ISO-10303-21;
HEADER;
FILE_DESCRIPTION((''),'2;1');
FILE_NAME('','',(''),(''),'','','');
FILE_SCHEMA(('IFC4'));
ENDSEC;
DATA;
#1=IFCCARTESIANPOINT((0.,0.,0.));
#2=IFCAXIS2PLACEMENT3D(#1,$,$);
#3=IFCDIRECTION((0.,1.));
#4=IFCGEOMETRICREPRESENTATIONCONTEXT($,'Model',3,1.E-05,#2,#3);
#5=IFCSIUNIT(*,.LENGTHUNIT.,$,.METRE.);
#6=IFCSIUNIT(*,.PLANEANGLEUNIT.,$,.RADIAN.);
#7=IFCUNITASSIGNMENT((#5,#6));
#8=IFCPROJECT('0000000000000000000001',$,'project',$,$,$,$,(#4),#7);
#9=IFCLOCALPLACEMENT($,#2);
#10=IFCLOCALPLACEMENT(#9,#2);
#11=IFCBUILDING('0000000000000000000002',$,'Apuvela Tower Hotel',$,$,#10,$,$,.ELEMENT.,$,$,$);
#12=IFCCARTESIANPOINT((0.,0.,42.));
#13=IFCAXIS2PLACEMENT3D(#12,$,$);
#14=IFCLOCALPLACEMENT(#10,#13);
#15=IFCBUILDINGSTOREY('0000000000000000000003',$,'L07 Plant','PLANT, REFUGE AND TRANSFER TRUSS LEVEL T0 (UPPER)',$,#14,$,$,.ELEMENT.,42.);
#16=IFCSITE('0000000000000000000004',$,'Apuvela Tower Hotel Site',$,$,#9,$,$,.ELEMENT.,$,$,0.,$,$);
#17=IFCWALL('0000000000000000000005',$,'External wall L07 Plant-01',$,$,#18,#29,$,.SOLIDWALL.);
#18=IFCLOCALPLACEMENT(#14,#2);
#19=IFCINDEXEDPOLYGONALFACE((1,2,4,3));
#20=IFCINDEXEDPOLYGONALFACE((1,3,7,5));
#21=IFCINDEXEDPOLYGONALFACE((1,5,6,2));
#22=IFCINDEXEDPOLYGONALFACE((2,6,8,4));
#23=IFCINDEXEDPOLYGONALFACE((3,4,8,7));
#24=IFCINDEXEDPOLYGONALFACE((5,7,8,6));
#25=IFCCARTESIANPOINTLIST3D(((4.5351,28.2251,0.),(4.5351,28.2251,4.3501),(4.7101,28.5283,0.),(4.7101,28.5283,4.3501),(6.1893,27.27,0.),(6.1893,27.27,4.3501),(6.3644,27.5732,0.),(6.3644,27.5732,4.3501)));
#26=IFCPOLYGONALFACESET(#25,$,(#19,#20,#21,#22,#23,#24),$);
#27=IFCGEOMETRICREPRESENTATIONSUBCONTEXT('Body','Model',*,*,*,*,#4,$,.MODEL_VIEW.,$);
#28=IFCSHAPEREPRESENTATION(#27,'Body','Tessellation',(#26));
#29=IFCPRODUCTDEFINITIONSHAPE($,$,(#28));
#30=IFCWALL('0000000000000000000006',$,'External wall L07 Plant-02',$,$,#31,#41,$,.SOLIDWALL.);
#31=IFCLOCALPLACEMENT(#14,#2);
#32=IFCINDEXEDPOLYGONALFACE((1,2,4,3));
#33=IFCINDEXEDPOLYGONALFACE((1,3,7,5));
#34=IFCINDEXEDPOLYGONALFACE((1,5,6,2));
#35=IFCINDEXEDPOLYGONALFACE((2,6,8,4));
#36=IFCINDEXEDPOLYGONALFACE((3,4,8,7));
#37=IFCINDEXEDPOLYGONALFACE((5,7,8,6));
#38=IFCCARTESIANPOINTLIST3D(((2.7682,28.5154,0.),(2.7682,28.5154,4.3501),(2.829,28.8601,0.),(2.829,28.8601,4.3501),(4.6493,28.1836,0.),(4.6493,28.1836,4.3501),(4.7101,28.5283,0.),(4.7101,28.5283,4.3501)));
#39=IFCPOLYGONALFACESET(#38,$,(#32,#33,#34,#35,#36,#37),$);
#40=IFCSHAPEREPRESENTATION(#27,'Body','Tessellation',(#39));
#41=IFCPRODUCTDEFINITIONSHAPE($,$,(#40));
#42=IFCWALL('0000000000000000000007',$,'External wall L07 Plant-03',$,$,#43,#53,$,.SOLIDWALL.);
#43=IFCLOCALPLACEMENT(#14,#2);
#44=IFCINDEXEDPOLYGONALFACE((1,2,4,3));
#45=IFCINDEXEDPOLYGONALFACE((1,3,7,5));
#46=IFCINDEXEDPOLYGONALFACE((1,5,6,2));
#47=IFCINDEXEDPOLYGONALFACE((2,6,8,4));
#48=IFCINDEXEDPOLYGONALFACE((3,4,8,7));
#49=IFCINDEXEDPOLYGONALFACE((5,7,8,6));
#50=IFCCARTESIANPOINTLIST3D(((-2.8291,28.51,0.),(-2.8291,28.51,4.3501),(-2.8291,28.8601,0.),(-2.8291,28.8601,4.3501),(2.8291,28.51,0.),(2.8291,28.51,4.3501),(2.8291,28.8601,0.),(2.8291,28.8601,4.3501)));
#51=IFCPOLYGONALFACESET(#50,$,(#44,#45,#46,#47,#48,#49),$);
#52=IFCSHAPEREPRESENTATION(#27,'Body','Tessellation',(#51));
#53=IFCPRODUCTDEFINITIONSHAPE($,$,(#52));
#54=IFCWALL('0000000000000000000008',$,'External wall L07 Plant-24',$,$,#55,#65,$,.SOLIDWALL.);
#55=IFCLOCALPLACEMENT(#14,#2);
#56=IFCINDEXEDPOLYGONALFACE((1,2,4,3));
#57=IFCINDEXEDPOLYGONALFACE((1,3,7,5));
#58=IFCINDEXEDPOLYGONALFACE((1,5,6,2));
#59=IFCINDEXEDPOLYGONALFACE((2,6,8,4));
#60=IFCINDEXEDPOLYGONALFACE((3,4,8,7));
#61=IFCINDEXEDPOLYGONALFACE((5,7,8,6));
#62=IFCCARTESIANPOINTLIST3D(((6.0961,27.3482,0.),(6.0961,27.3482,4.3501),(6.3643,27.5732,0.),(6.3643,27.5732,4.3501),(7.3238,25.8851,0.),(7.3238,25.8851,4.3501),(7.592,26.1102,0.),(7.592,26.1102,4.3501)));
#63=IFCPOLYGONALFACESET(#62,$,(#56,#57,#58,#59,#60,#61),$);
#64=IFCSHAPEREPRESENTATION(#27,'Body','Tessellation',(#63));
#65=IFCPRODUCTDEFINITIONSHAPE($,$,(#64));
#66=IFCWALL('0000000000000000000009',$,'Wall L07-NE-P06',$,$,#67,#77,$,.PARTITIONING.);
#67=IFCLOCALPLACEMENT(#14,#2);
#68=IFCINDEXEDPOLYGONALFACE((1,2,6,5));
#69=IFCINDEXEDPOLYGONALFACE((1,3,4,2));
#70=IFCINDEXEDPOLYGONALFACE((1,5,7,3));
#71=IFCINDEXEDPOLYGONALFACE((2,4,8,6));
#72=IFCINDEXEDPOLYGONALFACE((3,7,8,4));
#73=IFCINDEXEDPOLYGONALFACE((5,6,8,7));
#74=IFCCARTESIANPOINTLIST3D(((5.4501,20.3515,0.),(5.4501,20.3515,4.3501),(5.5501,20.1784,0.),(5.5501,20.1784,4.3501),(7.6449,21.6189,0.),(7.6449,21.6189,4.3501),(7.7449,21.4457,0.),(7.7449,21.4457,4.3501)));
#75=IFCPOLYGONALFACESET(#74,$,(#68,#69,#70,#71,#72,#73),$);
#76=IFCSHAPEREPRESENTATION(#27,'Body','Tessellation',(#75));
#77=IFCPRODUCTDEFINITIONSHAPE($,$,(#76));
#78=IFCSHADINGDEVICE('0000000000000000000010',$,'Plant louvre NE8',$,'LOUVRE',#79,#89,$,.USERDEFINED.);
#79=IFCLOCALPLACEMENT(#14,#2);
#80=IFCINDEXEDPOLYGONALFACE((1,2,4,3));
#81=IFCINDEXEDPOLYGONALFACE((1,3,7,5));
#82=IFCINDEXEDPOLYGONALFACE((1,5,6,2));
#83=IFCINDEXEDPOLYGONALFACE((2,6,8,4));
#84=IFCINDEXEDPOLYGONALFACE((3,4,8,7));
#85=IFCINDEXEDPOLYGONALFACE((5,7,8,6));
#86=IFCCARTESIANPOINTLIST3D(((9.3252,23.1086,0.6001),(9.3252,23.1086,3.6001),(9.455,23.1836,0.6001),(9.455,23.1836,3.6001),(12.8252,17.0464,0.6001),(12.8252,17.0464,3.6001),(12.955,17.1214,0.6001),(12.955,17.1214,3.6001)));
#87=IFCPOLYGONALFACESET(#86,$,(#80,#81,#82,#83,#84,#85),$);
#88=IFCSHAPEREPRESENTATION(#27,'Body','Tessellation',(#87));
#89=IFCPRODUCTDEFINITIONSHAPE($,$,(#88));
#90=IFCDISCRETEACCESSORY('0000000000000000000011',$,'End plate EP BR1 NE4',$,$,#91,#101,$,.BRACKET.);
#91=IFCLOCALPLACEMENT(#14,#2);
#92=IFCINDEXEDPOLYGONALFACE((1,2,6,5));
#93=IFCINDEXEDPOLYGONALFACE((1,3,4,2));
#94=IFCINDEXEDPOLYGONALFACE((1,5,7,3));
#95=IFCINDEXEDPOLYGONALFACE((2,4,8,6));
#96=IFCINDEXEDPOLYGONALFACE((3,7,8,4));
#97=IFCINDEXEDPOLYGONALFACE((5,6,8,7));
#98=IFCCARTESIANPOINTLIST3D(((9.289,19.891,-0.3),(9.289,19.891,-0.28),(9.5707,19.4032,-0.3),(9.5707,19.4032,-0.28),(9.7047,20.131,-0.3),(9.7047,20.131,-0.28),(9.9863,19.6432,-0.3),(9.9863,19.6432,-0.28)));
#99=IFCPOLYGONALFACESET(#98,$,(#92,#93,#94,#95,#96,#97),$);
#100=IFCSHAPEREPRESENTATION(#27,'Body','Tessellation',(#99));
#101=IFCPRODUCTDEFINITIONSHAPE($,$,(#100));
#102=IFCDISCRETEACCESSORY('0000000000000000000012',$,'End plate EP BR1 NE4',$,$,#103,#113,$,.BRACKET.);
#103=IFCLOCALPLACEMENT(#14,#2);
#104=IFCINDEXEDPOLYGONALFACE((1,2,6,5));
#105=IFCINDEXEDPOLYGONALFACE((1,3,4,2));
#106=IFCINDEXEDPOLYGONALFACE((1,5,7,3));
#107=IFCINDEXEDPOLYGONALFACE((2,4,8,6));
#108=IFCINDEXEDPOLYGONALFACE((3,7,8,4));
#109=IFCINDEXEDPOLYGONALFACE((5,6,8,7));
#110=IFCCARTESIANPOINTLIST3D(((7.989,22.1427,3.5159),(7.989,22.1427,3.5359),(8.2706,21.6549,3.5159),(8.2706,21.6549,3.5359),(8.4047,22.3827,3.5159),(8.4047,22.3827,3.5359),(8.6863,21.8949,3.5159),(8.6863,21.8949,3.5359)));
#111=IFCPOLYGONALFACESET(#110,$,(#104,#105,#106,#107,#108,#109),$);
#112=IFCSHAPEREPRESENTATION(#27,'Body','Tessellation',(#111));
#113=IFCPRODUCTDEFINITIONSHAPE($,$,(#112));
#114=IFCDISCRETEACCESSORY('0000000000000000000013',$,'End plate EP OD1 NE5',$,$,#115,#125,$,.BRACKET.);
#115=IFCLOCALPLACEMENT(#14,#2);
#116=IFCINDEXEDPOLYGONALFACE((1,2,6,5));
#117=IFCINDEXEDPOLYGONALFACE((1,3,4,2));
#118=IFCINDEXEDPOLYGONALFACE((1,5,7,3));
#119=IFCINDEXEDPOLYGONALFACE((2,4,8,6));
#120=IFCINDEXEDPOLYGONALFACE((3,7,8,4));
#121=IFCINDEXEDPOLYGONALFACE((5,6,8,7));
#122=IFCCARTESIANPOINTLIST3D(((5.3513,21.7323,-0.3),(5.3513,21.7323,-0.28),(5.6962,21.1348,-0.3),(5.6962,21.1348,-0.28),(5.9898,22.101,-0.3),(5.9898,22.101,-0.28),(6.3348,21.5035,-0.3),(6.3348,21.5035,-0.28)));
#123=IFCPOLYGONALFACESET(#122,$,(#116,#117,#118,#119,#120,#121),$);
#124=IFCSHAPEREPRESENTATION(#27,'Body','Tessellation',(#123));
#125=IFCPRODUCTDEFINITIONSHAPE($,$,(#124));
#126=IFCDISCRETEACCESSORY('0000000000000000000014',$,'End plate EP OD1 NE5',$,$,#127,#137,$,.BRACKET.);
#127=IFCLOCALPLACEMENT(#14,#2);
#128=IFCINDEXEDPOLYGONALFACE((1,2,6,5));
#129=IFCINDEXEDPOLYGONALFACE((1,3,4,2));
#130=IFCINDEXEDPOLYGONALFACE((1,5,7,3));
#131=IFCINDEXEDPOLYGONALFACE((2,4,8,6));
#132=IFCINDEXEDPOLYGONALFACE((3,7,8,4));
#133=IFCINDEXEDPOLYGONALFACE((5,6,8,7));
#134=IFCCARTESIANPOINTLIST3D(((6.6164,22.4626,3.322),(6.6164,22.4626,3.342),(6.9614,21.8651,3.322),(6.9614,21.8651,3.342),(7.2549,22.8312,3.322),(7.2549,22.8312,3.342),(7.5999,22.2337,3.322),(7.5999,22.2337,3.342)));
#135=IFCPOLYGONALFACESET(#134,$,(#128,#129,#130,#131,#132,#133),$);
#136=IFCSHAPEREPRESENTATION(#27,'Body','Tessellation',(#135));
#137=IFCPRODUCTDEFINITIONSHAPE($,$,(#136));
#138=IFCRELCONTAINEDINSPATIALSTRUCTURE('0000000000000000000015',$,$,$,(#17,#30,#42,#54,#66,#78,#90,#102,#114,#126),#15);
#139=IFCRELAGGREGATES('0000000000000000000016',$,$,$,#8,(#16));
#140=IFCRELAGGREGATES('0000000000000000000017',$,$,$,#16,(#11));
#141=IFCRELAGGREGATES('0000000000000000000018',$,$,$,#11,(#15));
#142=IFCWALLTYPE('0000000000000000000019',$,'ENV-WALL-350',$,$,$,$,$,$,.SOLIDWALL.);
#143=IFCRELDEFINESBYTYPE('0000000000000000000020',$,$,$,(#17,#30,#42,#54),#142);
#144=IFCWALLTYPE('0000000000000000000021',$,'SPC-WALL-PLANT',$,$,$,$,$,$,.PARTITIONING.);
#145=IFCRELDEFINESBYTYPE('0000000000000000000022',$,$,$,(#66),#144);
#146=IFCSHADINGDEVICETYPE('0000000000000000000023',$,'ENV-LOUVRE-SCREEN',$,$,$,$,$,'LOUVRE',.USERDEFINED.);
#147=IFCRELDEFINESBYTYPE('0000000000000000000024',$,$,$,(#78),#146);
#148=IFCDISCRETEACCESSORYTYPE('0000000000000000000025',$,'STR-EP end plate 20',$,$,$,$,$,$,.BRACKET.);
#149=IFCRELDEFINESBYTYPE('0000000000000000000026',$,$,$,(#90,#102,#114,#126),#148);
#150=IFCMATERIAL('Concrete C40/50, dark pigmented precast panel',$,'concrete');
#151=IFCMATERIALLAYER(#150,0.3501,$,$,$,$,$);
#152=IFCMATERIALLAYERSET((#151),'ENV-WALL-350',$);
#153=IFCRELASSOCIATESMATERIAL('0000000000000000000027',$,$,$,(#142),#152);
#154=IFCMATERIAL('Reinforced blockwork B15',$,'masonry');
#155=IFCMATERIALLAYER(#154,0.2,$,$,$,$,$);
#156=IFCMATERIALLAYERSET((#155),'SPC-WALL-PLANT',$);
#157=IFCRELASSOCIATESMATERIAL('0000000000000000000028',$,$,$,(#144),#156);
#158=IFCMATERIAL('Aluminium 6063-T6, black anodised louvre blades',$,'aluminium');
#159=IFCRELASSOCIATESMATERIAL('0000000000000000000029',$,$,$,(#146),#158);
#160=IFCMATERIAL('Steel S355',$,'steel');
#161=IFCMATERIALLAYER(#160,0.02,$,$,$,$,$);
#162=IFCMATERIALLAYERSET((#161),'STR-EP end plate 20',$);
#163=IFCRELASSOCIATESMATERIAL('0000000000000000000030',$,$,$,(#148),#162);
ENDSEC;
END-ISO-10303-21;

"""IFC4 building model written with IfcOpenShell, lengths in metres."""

from ifc_helpers import new_model, si_unit, direction, frame, frame_2d, origin, origin_2d, place, context, subcontext, project, spatial, rectangle, extrude, material, layer, layer_set, type_object, element, save


model = new_model("IFC4")

# Units and contexts
model_context = context("Model", 3, precision=1e-05, world=origin(), true_north=direction((0.0, 1.0)))
body_context = subcontext(model_context, "Body", "Model", "MODEL_VIEW")
ifc_project = project(units=[si_unit("LENGTHUNIT", "METRE"), si_unit("PLANEANGLEUNIT", "RADIAN")], contexts=[model_context])

# Site, building, storey
site_placement = place(None, origin())
site = spatial("IfcSite", under=ifc_project, at=site_placement, Name="Apuvela Tower Hotel Site", CompositionType="ELEMENT", RefElevation=0.0)
building_placement = place(site_placement, origin())
building = spatial("IfcBuilding", under=site, at=building_placement, Name="Apuvela Tower Hotel", CompositionType="ELEMENT")
storey_placement = place(building_placement, frame((0.0, 0.0, 42.0)))
storey = spatial("IfcBuildingStorey", under=building, at=storey_placement, Name="L07 Plant", Description="PLANT, REFUGE AND TRANSFER TRUSS LEVEL T0 (UPPER)", CompositionType="ELEMENT", Elevation=42.0)

# Shared definitions
ifc_material_1 = material(Name="Steel S355", Category="steel")

# Walls
ifc_material_2 = material(Name="Concrete C40/50, dark pigmented precast panel", Category="concrete")
ifc_layer_1 = layer(ifc_material_2, 0.3501)
ifc_layer_set_1 = layer_set([ifc_layer_1], Name="ENV-WALL-350")
wall_type_1 = type_object("IfcWallType", Name="ENV-WALL-350", PredefinedType="SOLIDWALL", material=ifc_layer_set_1)
for number, where, z_axis, x_axis, name in (
    (1, (6.2769, 27.4216, 0.0), (0.0, 0.0, 1.0), (-0.866032, 0.499988, 0.0), "External wall L07 Plant-01"),
    (2, (4.6797, 28.356, 0.0), (0.0, 0.0, 1.0), (-0.984799, 0.173698, 0.0), "External wall L07 Plant-02"),
):
    element("IfcWall", number, at=place(storey_placement, frame(where, z_axis=z_axis, x_axis=x_axis)), inside=storey, type_object=wall_type_1, Name=name, PredefinedType="SOLIDWALL", context=body_context, shape_type="SweptSolid", body=[
        extrude(rectangle(XDim=1.9102, YDim=0.3501, at=frame_2d((0.9551, 0.0))), origin(), (0.0, 0.0, 1.0), 4.3501),
    ])
wall_1_placement = place(storey_placement, frame((2.8291, 28.6851, 0.0), z_axis=(0.0, 0.0, 1.0), x_axis=(-1.0, 0.0, 0.0)))
element("IfcWall", 3, at=wall_1_placement, inside=storey, type_object=wall_type_1, Name="External wall L07 Plant-03", PredefinedType="SOLIDWALL", context=body_context, shape_type="SweptSolid", body=[
    extrude(rectangle(XDim=5.6582, YDim=0.3501, at=frame_2d((2.8291, 0.0))), origin(), (0.0, 0.0, 1.0), 4.3501),
])
wall_2_placement = place(storey_placement, frame((7.458, 25.9976, 0.0), z_axis=(0.0, 0.0, 1.0), x_axis=(-0.642808, 0.766027, 0.0)))
element("IfcWall", 4, at=wall_2_placement, inside=storey, type_object=wall_type_1, Name="External wall L07 Plant-24", PredefinedType="SOLIDWALL", context=body_context, shape_type="SweptSolid", body=[
    extrude(rectangle(XDim=1.9099, YDim=0.3501, at=frame_2d((0.9551, 0.0))), origin(), (0.0, 0.0, 1.0), 4.3501),
])
ifc_material_3 = material(Name="Reinforced blockwork B15", Category="masonry")
ifc_layer_2 = layer(ifc_material_3, 0.2)
ifc_layer_set_2 = layer_set([ifc_layer_2], Name="SPC-WALL-PLANT")
wall_type_2 = type_object("IfcWallType", Name="SPC-WALL-PLANT", PredefinedType="PARTITIONING", material=ifc_layer_set_2)
wall_3_placement = place(storey_placement, frame((7.6948, 21.5322, 0.0), z_axis=(0.0, 0.0, 1.0), x_axis=(-0.865999, -0.500045, 0.0)))
element("IfcWall", 5, at=wall_3_placement, inside=storey, type_object=wall_type_2, Name="Wall L07-NE-P06", PredefinedType="PARTITIONING", context=body_context, shape_type="SweptSolid", body=[
    extrude(rectangle(XDim=2.5344, YDim=0.2, at=frame_2d((1.2671, 0.0))), origin(), (0.0, 0.0, 1.0), 4.3501),
])

# Shading device
ifc_material_4 = material(Name="Aluminium 6063-T6, black anodised louvre blades", Category="aluminium")
shading_device_type = type_object("IfcShadingDeviceType", Name="ENV-LOUVRE-SCREEN", ElementType="LOUVRE", PredefinedType="USERDEFINED", material=ifc_material_4)
shading_device_placement = place(storey_placement, frame((11.1401, 20.115, 0.6001), z_axis=(0.0, 0.0, 1.0), x_axis=(-0.5, 0.866025, 0.0)))
element("IfcShadingDevice", 6, at=shading_device_placement, inside=storey, type_object=shading_device_type, Name="Plant louvre NE8", ObjectType="LOUVRE", PredefinedType="USERDEFINED", context=body_context, shape_type="SweptSolid", body=[
    extrude(rectangle(XDim=7.0, YDim=0.1499, at=origin_2d()), origin(), (0.0, 0.0, 1.0), 3.0),
])

# Discrete accessories
ifc_layer_3 = layer(ifc_material_1, 0.02)
ifc_layer_set_3 = layer_set([ifc_layer_3], Name="STR-EP end plate 20")
discrete_accessory_type = type_object("IfcDiscreteAccessoryType", Name="STR-EP end plate 20", PredefinedType="BRACKET", material=ifc_layer_set_3)
for number, where, z_axis, x_axis, name in (
    (7, (9.6377, 19.7671, -0.3), (0.0, 0.0, 1.0), (-0.5, 0.866025, 0.0), "End plate EP BR1 NE4"),
    (8, (8.3376, 22.0188, 3.5159), (0.0, 0.0, 1.0), (-0.5, 0.866025, 0.0), "End plate EP BR1 NE4"),
):
    element("IfcDiscreteAccessory", number, at=place(storey_placement, frame(where, z_axis=z_axis, x_axis=x_axis)), inside=storey, type_object=discrete_accessory_type, Name=name, PredefinedType="BRACKET", context=body_context, shape_type="SweptSolid", body=[
        extrude(rectangle(XDim=0.5632, YDim=0.48, at=origin_2d()), origin(), (0.0, 0.0, 1.0), 0.02),
    ])
for number, where, z_axis, x_axis, name in (
    (9, (5.843, 21.6179, -0.3), (0.0, 0.0, 1.0), (0.866025, 0.5, 0.0), "End plate EP OD1 NE5"),
    (10, (7.1082, 22.3481, 3.322), (0.0, 0.0, 1.0), (0.866025, 0.5, 0.0), "End plate EP OD1 NE5"),
):
    element("IfcDiscreteAccessory", number, at=place(storey_placement, frame(where, z_axis=z_axis, x_axis=x_axis)), inside=storey, type_object=discrete_accessory_type, Name=name, PredefinedType="BRACKET", context=body_context, shape_type="SweptSolid", body=[
        extrude(rectangle(XDim=0.7373, YDim=0.6899, at=origin_2d()), origin(), (0.0, 0.0, 1.0), 0.02),
    ])

save(model, "model.ifc")
